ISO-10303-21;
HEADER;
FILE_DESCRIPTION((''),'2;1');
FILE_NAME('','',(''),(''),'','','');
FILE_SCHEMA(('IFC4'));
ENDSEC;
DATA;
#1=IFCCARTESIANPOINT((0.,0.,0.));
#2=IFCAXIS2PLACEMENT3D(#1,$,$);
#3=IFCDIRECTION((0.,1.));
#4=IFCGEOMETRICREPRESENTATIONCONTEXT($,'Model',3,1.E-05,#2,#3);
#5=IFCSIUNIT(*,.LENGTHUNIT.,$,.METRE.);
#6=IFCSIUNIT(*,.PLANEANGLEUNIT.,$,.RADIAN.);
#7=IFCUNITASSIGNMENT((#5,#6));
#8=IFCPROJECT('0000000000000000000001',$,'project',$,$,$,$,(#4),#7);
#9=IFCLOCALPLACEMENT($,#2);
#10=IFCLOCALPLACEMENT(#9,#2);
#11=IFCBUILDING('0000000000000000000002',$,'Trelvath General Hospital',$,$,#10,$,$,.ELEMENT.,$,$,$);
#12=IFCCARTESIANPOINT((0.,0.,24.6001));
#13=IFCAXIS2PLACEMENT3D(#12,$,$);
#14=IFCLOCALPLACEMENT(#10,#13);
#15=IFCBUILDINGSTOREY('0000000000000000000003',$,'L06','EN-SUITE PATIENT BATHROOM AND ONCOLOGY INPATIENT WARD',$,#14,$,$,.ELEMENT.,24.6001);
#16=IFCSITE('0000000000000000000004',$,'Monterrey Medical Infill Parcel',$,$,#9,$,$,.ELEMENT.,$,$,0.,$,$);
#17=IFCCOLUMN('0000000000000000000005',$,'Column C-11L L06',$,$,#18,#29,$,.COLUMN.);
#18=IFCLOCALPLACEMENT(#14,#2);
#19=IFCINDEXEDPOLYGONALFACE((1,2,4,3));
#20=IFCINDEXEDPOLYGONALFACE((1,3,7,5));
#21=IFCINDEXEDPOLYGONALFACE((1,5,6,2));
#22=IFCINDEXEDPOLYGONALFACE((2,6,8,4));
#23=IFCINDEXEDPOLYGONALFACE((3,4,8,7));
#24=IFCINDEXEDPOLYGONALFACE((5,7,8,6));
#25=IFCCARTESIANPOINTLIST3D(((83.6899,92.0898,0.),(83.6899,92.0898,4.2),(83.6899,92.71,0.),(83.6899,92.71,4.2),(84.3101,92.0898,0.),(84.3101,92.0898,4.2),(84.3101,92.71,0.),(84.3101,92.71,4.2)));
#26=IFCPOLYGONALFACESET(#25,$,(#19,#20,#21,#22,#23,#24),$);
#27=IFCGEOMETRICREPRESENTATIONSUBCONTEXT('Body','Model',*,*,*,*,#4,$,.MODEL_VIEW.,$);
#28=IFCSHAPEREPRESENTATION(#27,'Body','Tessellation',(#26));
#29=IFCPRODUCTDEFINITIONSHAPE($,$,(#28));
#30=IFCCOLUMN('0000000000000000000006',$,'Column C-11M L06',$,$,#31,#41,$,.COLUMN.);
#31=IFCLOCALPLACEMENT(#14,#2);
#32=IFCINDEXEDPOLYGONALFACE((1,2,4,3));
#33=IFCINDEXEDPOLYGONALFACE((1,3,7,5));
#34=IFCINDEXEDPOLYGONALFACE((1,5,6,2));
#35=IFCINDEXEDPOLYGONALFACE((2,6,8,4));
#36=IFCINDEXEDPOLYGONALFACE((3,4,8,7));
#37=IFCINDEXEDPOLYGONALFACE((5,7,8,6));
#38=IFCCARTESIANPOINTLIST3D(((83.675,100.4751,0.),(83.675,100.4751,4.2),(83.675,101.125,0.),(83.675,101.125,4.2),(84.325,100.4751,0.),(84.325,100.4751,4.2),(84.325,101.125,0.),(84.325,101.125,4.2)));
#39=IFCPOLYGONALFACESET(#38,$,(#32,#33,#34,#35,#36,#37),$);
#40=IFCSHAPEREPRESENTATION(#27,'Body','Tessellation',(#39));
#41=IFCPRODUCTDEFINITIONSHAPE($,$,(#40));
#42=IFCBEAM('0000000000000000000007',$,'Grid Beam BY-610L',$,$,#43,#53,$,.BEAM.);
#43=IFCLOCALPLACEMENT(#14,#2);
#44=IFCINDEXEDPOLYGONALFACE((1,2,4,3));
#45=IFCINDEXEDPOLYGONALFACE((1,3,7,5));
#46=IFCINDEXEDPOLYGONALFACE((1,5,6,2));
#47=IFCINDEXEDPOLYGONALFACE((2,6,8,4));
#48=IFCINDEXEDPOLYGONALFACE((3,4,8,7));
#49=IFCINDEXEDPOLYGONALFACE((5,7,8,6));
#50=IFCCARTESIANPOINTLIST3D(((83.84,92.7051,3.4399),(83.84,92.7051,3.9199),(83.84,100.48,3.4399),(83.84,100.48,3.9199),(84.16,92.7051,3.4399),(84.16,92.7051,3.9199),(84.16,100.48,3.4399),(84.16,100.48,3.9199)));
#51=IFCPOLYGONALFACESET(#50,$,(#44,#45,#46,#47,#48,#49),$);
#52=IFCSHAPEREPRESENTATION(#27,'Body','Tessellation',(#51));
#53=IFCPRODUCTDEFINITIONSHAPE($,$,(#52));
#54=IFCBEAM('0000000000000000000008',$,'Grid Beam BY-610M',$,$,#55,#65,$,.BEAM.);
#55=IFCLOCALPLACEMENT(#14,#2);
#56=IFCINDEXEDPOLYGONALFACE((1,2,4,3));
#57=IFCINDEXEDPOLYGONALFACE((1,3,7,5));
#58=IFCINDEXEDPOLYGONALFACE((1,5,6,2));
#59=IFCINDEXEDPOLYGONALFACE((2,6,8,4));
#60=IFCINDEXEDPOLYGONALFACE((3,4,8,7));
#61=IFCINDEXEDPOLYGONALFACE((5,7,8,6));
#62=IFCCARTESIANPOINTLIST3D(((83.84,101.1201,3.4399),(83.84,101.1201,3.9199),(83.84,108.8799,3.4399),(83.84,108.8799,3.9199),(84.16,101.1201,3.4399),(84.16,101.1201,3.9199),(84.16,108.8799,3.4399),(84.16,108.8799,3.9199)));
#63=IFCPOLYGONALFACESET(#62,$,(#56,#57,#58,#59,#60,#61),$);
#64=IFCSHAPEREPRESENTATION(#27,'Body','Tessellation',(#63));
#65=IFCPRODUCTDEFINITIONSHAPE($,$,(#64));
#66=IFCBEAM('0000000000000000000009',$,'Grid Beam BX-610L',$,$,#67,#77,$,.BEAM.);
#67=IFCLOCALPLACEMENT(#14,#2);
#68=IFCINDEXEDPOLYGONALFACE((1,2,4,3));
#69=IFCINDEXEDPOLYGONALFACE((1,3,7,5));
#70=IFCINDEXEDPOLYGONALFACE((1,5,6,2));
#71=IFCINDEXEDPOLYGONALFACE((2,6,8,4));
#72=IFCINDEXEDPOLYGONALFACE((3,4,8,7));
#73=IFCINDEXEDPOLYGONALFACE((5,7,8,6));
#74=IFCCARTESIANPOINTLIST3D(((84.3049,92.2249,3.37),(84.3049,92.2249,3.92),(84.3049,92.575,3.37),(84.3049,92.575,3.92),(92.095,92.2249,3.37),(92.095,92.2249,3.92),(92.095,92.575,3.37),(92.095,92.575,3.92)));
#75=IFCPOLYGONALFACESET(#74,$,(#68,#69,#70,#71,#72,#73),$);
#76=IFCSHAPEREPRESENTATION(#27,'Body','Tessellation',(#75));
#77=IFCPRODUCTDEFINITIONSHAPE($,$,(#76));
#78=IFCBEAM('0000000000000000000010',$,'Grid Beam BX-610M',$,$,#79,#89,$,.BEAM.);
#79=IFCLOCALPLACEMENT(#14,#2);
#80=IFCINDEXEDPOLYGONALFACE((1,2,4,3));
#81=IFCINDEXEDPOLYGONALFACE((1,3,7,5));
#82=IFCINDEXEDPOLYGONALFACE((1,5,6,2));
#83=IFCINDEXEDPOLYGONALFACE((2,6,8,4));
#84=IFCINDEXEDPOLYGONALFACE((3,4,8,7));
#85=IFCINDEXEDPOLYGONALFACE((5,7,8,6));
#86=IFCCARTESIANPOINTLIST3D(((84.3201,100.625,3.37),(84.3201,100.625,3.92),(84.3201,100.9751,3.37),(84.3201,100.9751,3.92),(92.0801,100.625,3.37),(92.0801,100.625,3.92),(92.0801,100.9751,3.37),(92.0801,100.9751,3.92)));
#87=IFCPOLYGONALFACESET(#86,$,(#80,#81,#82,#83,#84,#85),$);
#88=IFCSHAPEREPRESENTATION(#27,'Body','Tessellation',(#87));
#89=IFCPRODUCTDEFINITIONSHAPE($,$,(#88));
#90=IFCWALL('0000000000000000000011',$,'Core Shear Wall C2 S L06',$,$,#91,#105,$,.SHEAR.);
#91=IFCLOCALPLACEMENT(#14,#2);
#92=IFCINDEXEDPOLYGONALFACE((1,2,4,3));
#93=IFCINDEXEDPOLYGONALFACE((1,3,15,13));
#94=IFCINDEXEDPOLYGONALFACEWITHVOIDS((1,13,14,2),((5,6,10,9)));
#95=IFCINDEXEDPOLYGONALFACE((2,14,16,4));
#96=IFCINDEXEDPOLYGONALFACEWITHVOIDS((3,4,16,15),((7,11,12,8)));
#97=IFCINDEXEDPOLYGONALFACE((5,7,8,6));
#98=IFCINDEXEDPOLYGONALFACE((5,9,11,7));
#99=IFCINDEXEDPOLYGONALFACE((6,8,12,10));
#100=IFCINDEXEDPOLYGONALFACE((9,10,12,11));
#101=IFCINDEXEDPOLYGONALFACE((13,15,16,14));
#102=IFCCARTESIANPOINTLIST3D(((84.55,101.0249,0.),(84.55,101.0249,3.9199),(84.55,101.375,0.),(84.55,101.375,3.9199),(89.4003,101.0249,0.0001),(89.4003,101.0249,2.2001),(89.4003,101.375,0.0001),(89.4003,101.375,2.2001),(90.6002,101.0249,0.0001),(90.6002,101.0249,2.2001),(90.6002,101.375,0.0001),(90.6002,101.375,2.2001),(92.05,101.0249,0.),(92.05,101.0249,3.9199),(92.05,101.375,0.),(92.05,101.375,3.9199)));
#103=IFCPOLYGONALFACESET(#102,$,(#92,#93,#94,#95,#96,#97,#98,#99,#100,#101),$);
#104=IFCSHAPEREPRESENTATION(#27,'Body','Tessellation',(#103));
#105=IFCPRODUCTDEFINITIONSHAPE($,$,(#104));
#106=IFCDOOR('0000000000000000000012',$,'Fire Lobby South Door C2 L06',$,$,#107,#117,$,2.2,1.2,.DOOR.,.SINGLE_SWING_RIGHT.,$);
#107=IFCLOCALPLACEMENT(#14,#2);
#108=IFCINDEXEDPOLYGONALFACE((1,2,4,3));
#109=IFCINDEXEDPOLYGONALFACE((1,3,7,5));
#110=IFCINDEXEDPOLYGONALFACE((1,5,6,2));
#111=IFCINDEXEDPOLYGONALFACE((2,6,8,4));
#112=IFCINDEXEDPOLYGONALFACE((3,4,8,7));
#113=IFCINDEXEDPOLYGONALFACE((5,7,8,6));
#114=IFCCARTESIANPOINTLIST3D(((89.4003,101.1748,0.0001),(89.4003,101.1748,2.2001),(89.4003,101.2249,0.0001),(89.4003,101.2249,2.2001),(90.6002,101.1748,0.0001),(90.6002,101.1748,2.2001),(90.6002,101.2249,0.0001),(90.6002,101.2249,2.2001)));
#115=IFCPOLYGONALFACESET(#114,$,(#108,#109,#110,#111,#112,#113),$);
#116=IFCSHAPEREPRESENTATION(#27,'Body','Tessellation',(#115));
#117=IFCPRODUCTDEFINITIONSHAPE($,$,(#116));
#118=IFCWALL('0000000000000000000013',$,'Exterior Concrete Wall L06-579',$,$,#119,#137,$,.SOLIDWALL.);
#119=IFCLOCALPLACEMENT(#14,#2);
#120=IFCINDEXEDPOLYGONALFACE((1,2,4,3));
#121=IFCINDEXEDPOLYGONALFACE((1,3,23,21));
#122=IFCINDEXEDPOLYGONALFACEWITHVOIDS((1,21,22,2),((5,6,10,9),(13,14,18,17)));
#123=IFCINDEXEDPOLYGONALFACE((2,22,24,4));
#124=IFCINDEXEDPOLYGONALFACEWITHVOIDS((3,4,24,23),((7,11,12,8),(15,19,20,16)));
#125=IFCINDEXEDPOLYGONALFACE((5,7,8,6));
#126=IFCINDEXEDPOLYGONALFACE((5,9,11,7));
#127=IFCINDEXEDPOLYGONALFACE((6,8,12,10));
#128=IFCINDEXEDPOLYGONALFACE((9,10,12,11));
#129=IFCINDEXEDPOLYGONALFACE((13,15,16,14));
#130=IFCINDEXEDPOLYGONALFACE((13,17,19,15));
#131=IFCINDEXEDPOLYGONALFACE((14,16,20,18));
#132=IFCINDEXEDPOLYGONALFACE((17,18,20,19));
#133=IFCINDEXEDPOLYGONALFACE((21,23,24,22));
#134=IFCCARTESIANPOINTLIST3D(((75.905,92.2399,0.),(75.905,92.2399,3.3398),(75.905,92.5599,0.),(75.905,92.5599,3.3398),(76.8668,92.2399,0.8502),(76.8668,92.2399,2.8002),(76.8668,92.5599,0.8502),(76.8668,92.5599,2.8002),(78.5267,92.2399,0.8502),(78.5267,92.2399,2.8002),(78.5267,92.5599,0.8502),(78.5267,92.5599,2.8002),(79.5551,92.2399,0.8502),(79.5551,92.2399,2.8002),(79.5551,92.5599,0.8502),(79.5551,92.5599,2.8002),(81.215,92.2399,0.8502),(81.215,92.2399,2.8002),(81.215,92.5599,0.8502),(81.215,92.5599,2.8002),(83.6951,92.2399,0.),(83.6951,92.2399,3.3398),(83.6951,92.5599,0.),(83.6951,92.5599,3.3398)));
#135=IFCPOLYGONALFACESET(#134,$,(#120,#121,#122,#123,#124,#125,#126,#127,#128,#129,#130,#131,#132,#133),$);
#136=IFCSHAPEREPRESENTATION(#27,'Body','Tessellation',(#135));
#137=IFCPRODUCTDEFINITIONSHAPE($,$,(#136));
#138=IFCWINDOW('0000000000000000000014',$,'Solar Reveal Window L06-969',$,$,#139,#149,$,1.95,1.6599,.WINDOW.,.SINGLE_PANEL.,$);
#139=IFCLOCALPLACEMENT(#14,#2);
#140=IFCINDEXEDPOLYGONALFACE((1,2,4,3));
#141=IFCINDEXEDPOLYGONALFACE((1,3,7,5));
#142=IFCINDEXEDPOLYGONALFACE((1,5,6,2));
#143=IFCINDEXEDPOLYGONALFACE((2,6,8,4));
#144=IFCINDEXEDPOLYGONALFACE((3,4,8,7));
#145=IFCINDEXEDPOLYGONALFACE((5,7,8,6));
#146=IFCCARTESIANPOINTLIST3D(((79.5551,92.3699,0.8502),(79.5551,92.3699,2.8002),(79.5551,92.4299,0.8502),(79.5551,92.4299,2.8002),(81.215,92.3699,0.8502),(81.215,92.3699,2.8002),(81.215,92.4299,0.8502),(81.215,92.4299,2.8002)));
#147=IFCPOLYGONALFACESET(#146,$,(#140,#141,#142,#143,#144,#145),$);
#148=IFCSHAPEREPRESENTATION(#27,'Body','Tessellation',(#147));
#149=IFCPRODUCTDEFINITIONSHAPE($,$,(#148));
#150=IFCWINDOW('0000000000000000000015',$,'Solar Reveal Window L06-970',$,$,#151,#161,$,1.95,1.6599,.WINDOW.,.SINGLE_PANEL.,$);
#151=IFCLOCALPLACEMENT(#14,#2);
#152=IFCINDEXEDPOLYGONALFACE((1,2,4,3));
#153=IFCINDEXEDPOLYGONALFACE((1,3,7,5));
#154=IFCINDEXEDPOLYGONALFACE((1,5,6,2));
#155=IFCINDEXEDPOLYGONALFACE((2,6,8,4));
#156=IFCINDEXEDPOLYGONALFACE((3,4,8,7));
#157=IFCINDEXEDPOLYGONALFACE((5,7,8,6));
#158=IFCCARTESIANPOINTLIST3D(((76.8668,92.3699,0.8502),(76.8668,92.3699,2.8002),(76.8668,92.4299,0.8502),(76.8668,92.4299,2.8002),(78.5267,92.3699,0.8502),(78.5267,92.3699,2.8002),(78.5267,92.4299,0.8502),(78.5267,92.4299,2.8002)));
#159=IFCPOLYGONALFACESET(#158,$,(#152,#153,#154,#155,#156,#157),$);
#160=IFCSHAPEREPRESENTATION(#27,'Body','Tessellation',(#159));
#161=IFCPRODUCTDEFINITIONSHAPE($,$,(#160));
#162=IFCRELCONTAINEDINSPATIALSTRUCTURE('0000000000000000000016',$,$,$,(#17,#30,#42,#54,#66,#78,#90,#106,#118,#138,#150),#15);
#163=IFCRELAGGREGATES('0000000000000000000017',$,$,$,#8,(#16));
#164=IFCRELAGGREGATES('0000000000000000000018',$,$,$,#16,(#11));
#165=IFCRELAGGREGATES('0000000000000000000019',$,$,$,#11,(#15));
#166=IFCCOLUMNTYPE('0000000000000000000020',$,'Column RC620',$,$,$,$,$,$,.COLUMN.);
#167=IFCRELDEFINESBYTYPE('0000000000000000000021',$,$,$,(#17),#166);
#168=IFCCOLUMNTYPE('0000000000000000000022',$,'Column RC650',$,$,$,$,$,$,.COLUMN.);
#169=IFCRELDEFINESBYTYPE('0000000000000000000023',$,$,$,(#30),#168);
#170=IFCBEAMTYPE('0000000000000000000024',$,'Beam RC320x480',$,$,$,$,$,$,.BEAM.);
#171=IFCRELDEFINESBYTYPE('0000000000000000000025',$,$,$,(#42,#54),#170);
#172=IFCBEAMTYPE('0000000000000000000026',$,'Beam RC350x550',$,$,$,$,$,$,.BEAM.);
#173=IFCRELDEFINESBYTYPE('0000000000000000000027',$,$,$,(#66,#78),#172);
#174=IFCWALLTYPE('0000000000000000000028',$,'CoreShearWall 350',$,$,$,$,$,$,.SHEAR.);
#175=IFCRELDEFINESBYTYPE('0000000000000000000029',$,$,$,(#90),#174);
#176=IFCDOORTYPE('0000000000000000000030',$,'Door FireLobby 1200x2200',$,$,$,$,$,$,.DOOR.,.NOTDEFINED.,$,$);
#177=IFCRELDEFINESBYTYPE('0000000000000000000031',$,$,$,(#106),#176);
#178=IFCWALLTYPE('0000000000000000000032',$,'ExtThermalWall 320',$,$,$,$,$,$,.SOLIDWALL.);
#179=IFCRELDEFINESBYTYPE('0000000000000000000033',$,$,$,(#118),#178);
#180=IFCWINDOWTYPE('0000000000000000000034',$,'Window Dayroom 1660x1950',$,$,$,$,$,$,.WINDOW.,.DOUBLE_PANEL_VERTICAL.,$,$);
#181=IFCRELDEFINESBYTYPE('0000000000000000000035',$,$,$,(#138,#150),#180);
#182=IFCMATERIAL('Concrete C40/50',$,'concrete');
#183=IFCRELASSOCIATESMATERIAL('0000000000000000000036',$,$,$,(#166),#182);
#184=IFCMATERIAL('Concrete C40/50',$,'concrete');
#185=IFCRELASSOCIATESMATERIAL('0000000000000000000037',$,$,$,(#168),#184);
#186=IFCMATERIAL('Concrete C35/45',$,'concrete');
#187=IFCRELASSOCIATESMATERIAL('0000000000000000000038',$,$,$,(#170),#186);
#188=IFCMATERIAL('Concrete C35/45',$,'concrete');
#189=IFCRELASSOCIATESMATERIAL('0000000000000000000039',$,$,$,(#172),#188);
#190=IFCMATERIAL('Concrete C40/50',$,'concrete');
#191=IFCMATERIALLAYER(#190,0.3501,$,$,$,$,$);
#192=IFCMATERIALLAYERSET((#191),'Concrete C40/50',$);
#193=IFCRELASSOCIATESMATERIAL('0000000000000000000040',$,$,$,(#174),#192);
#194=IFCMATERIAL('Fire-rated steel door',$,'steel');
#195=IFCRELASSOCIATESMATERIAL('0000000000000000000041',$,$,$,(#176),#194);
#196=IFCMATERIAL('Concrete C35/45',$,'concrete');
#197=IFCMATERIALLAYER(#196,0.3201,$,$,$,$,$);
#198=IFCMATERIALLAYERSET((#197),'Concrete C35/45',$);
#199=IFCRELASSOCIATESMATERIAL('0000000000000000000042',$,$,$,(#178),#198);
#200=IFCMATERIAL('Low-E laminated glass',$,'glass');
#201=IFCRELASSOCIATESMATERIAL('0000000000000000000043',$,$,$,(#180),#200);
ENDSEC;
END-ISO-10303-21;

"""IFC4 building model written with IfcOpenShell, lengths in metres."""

from ifc_helpers import new_model, si_unit, direction, frame, frame_2d, origin, origin_2d, place, context, subcontext, project, spatial, rectangle, extrude, material, layer, layer_set, material_profile, profile_set, type_object, element, fill, save


model = new_model("IFC4")

# Units and contexts
model_context = context("Model", 3, precision=1e-05, world=origin(), true_north=direction((0.0, 1.0)))
body_context = subcontext(model_context, "Body", "Model", "MODEL_VIEW")
ifc_project = project(units=[si_unit("LENGTHUNIT", "METRE"), si_unit("PLANEANGLEUNIT", "RADIAN")], contexts=[model_context])

# Site, building, storey
site_placement = place(None, origin())
site = spatial("IfcSite", under=ifc_project, at=site_placement, Name="Monterrey Medical Infill Parcel", CompositionType="ELEMENT", RefElevation=0.0)
building_placement = place(site_placement, origin())
building = spatial("IfcBuilding", under=site, at=building_placement, Name="Trelvath General Hospital", CompositionType="ELEMENT")
storey_placement = place(building_placement, frame((0.0, 0.0, 24.6001)))
storey = spatial("IfcBuildingStorey", under=building, at=storey_placement, Name="L06", Description="EN-SUITE PATIENT BATHROOM AND ONCOLOGY INPATIENT WARD", CompositionType="ELEMENT", Elevation=24.6001)

# Columns
ifc_material_1 = material(Name="Concrete C40/50", Category="concrete")
ifc_material_profile_1 = material_profile(ifc_material_1, rectangle(XDim=0.6201, YDim=0.6201, at=origin_2d()), Name="RC620x620")
ifc_profile_set_1 = profile_set([ifc_material_profile_1], Name="Concrete C40/50")
column_type_1 = type_object("IfcColumnType", Name="Column RC620", PredefinedType="COLUMN", material=ifc_profile_set_1)
column_1_placement = place(storey_placement, frame((84.0, 92.3999, 0.0), z_axis=(0.0, 0.0, 1.0), x_axis=(1.0, 0.0, 0.0)))
element("IfcColumn", 1, at=column_1_placement, inside=storey, type_object=column_type_1, Name="Column C-11L L06", PredefinedType="COLUMN", context=body_context, shape_type="SweptSolid", body=[
    extrude(rectangle(XDim=0.6201, YDim=0.6201, at=origin_2d()), origin(), (0.0, 0.0, 1.0), 4.2),
])
ifc_material_2 = material(Name="Concrete C40/50", Category="concrete")
ifc_material_profile_2 = material_profile(ifc_material_2, rectangle(XDim=0.6499, YDim=0.6499, at=origin_2d()), Name="RC650x650")
ifc_profile_set_2 = profile_set([ifc_material_profile_2], Name="Concrete C40/50")
column_type_2 = type_object("IfcColumnType", Name="Column RC650", PredefinedType="COLUMN", material=ifc_profile_set_2)
column_2_placement = place(storey_placement, frame((84.0, 100.8, 0.0), z_axis=(0.0, 0.0, 1.0), x_axis=(1.0, 0.0, 0.0)))
element("IfcColumn", 2, at=column_2_placement, inside=storey, type_object=column_type_2, Name="Column C-11M L06", PredefinedType="COLUMN", context=body_context, shape_type="SweptSolid", body=[
    extrude(rectangle(XDim=0.6499, YDim=0.6499, at=origin_2d()), origin(), (0.0, 0.0, 1.0), 4.2),
])

# Beams
ifc_material_3 = material(Name="Concrete C35/45", Category="concrete")
ifc_material_profile_3 = material_profile(ifc_material_3, rectangle(XDim=0.3201, YDim=0.48, at=origin_2d()), Name="RCB320x480")
ifc_profile_set_3 = profile_set([ifc_material_profile_3], Name="Concrete C35/45")
beam_type_1 = type_object("IfcBeamType", Name="Beam RC320x480", PredefinedType="BEAM", material=ifc_profile_set_3)
beam_1_placement = place(storey_placement, frame((84.0, 92.7051, 3.6799), z_axis=(0.0, 1.0, 0.0), x_axis=(-1.0, 0.0, 0.0)))
element("IfcBeam", 3, at=beam_1_placement, inside=storey, type_object=beam_type_1, Name="Grid Beam BY-610L", PredefinedType="BEAM", context=body_context, shape_type="SweptSolid", body=[
    extrude(rectangle(XDim=0.3201, YDim=0.48, at=origin_2d()), origin(), (0.0, 0.0, 1.0), 7.7749),
])
beam_2_placement = place(storey_placement, frame((84.0, 101.1201, 3.6799), z_axis=(0.0, 1.0, 0.0), x_axis=(-1.0, 0.0, 0.0)))
element("IfcBeam", 4, at=beam_2_placement, inside=storey, type_object=beam_type_1, Name="Grid Beam BY-610M", PredefinedType="BEAM", context=body_context, shape_type="SweptSolid", body=[
    extrude(rectangle(XDim=0.3201, YDim=0.48, at=origin_2d()), origin(), (0.0, 0.0, 1.0), 7.7598),
])
ifc_material_4 = material(Name="Concrete C35/45", Category="concrete")
ifc_material_profile_4 = material_profile(ifc_material_4, rectangle(XDim=0.3501, YDim=0.55, at=origin_2d()), Name="RCB350x550")
ifc_profile_set_4 = profile_set([ifc_material_profile_4], Name="Concrete C35/45")
beam_type_2 = type_object("IfcBeamType", Name="Beam RC350x550", PredefinedType="BEAM", material=ifc_profile_set_4)
beam_3_placement = place(storey_placement, frame((84.3049, 92.3999, 3.645), z_axis=(1.0, 0.0, 0.0), x_axis=(0.0, 1.0, 0.0)))
element("IfcBeam", 5, at=beam_3_placement, inside=storey, type_object=beam_type_2, Name="Grid Beam BX-610L", PredefinedType="BEAM", context=body_context, shape_type="SweptSolid", body=[
    extrude(rectangle(XDim=0.3501, YDim=0.55, at=origin_2d()), origin(), (0.0, 0.0, 1.0), 7.79),
])
beam_4_placement = place(storey_placement, frame((84.3201, 100.8, 3.645), z_axis=(1.0, 0.0, 0.0), x_axis=(0.0, 1.0, 0.0)))
element("IfcBeam", 6, at=beam_4_placement, inside=storey, type_object=beam_type_2, Name="Grid Beam BX-610M", PredefinedType="BEAM", context=body_context, shape_type="SweptSolid", body=[
    extrude(rectangle(XDim=0.3501, YDim=0.55, at=origin_2d()), origin(), (0.0, 0.0, 1.0), 7.76),
])

# Wall, opening, door
ifc_material_5 = material(Name="Concrete C40/50", Category="concrete")
ifc_layer_1 = layer(ifc_material_5, 0.3501)
ifc_layer_set_1 = layer_set([ifc_layer_1], Name="Concrete C40/50")
wall_type_1 = type_object("IfcWallType", Name="CoreShearWall 350", PredefinedType="SHEAR", material=ifc_layer_set_1)
wall_1_placement = place(storey_placement, frame((84.55, 101.2, 0.0), z_axis=(0.0, 0.0, 1.0), x_axis=(1.0, 0.0, 0.0)))
wall_1 = element("IfcWall", 7, at=wall_1_placement, inside=storey, type_object=wall_type_1, Name="Core Shear Wall C2 S L06", PredefinedType="SHEAR", context=body_context, shape_type="SweptSolid", body=[
    extrude(rectangle(XDim=7.5, YDim=0.3501, at=frame_2d((3.75, 0.0))), origin(), (0.0, 0.0, 1.0), 3.9199),
])
opening_1_placement = place(wall_1_placement, frame((4.8501, 0.0, 0.0)))
opening_1 = element("IfcOpeningElement", 8, at=opening_1_placement, cuts=wall_1, PredefinedType="OPENING", context=body_context, shape_type="SweptSolid", body=[
    extrude(rectangle(XDim=1.2, YDim=2.2, at=frame_2d((0.6001, 1.1001))), frame((0.0, 0.1851, 0.0), z_axis=(0.0, -1.0, 0.0), x_axis=(1.0, 0.0, 0.0)), (0.0, 0.0, 1.0), 0.3701),
])
ifc_material_6 = material(Name="Fire-rated steel door", Category="steel")
door_type_1 = type_object("IfcDoorType", Name="Door FireLobby 1200x2200", OperationType="NOTDEFINED", PredefinedType="DOOR", material=ifc_material_6)
door_1_placement = place(opening_1_placement, origin())
door_1 = element("IfcDoor", 9, at=door_1_placement, inside=storey, type_object=door_type_1, Name="Fire Lobby South Door C2 L06", OperationType="SINGLE_SWING_RIGHT", OverallHeight=2.2, OverallWidth=1.2, PredefinedType="DOOR", context=body_context, shape_type="SweptSolid", body=[
    extrude(rectangle(XDim=1.2, YDim=2.2, at=frame_2d((0.6001, 1.1001))), frame((0.0, 0.0249, 0.0), z_axis=(0.0, -1.0, 0.0), x_axis=(1.0, 0.0, 0.0)), (0.0, 0.0, 1.0), 0.05),
])
fill(opening_1, door_1)

# Wall, openings, windows
ifc_material_7 = material(Name="Concrete C35/45", Category="concrete")
ifc_layer_2 = layer(ifc_material_7, 0.3201)
ifc_layer_set_2 = layer_set([ifc_layer_2], Name="Concrete C35/45")
wall_type_2 = type_object("IfcWallType", Name="ExtThermalWall 320", PredefinedType="SOLIDWALL", material=ifc_layer_set_2)
wall_2_placement = place(storey_placement, frame((83.6951, 92.3999, 0.0), z_axis=(0.0, 0.0, 1.0), x_axis=(-1.0, 0.0, 0.0)))
wall_2 = element("IfcWall", 10, at=wall_2_placement, inside=storey, type_object=wall_type_2, Name="Exterior Concrete Wall L06-579", PredefinedType="SOLIDWALL", context=body_context, shape_type="SweptSolid", body=[
    extrude(rectangle(XDim=7.79, YDim=0.3201, at=frame_2d((3.895, 0.0))), origin(), (0.0, 0.0, 1.0), 3.3398),
])
opening_2_placement = place(wall_2_placement, frame((2.48, 0.0, 0.8501)))
opening_2 = element("IfcOpeningElement", 11, at=opening_2_placement, cuts=wall_2, PredefinedType="OPENING", context=body_context, shape_type="SweptSolid", body=[
    extrude(rectangle(XDim=1.6599, YDim=1.95, at=frame_2d((0.8301, 0.9751))), frame((0.0, 0.1699, 0.0), z_axis=(0.0, -1.0, 0.0), x_axis=(1.0, 0.0, 0.0)), (0.0, 0.0, 1.0), 0.3401),
])
opening_3_placement = place(wall_2_placement, frame((5.1682, 0.0, 0.8501)))
opening_3 = element("IfcOpeningElement", 12, at=opening_3_placement, cuts=wall_2, PredefinedType="OPENING", context=body_context, shape_type="SweptSolid", body=[
    extrude(rectangle(XDim=1.6599, YDim=1.95, at=frame_2d((0.8301, 0.9751))), frame((0.0, 0.1699, 0.0), z_axis=(0.0, -1.0, 0.0), x_axis=(1.0, 0.0, 0.0)), (0.0, 0.0, 1.0), 0.3401),
])
ifc_material_8 = material(Name="Low-E laminated glass", Category="glass")
window_type = type_object("IfcWindowType", Name="Window Dayroom 1660x1950", PartitioningType="DOUBLE_PANEL_VERTICAL", PredefinedType="WINDOW", material=ifc_material_8)
window_1_placement = place(opening_2_placement, origin())
window_1 = element("IfcWindow", 13, at=window_1_placement, inside=storey, type_object=window_type, Name="Solar Reveal Window L06-969", OverallHeight=1.95, OverallWidth=1.6599, PartitioningType="SINGLE_PANEL", PredefinedType="WINDOW", context=body_context, shape_type="SweptSolid", body=[
    extrude(rectangle(XDim=1.6599, YDim=1.95, at=frame_2d((0.8301, 0.9751))), frame((0.0, 0.03, 0.0), z_axis=(0.0, -1.0, 0.0), x_axis=(1.0, 0.0, 0.0)), (0.0, 0.0, 1.0), 0.0601),
])
fill(opening_2, window_1)
window_2_placement = place(opening_3_placement, origin())
window_2 = element("IfcWindow", 14, at=window_2_placement, inside=storey, type_object=window_type, Name="Solar Reveal Window L06-970", OverallHeight=1.95, OverallWidth=1.6599, PartitioningType="SINGLE_PANEL", PredefinedType="WINDOW", context=body_context, shape_type="SweptSolid", body=[
    extrude(rectangle(XDim=1.6599, YDim=1.95, at=frame_2d((0.8301, 0.9751))), frame((0.0, 0.03, 0.0), z_axis=(0.0, -1.0, 0.0), x_axis=(1.0, 0.0, 0.0)), (0.0, 0.0, 1.0), 0.0601),
])
fill(opening_3, window_2)

save(model, "model.ifc")
